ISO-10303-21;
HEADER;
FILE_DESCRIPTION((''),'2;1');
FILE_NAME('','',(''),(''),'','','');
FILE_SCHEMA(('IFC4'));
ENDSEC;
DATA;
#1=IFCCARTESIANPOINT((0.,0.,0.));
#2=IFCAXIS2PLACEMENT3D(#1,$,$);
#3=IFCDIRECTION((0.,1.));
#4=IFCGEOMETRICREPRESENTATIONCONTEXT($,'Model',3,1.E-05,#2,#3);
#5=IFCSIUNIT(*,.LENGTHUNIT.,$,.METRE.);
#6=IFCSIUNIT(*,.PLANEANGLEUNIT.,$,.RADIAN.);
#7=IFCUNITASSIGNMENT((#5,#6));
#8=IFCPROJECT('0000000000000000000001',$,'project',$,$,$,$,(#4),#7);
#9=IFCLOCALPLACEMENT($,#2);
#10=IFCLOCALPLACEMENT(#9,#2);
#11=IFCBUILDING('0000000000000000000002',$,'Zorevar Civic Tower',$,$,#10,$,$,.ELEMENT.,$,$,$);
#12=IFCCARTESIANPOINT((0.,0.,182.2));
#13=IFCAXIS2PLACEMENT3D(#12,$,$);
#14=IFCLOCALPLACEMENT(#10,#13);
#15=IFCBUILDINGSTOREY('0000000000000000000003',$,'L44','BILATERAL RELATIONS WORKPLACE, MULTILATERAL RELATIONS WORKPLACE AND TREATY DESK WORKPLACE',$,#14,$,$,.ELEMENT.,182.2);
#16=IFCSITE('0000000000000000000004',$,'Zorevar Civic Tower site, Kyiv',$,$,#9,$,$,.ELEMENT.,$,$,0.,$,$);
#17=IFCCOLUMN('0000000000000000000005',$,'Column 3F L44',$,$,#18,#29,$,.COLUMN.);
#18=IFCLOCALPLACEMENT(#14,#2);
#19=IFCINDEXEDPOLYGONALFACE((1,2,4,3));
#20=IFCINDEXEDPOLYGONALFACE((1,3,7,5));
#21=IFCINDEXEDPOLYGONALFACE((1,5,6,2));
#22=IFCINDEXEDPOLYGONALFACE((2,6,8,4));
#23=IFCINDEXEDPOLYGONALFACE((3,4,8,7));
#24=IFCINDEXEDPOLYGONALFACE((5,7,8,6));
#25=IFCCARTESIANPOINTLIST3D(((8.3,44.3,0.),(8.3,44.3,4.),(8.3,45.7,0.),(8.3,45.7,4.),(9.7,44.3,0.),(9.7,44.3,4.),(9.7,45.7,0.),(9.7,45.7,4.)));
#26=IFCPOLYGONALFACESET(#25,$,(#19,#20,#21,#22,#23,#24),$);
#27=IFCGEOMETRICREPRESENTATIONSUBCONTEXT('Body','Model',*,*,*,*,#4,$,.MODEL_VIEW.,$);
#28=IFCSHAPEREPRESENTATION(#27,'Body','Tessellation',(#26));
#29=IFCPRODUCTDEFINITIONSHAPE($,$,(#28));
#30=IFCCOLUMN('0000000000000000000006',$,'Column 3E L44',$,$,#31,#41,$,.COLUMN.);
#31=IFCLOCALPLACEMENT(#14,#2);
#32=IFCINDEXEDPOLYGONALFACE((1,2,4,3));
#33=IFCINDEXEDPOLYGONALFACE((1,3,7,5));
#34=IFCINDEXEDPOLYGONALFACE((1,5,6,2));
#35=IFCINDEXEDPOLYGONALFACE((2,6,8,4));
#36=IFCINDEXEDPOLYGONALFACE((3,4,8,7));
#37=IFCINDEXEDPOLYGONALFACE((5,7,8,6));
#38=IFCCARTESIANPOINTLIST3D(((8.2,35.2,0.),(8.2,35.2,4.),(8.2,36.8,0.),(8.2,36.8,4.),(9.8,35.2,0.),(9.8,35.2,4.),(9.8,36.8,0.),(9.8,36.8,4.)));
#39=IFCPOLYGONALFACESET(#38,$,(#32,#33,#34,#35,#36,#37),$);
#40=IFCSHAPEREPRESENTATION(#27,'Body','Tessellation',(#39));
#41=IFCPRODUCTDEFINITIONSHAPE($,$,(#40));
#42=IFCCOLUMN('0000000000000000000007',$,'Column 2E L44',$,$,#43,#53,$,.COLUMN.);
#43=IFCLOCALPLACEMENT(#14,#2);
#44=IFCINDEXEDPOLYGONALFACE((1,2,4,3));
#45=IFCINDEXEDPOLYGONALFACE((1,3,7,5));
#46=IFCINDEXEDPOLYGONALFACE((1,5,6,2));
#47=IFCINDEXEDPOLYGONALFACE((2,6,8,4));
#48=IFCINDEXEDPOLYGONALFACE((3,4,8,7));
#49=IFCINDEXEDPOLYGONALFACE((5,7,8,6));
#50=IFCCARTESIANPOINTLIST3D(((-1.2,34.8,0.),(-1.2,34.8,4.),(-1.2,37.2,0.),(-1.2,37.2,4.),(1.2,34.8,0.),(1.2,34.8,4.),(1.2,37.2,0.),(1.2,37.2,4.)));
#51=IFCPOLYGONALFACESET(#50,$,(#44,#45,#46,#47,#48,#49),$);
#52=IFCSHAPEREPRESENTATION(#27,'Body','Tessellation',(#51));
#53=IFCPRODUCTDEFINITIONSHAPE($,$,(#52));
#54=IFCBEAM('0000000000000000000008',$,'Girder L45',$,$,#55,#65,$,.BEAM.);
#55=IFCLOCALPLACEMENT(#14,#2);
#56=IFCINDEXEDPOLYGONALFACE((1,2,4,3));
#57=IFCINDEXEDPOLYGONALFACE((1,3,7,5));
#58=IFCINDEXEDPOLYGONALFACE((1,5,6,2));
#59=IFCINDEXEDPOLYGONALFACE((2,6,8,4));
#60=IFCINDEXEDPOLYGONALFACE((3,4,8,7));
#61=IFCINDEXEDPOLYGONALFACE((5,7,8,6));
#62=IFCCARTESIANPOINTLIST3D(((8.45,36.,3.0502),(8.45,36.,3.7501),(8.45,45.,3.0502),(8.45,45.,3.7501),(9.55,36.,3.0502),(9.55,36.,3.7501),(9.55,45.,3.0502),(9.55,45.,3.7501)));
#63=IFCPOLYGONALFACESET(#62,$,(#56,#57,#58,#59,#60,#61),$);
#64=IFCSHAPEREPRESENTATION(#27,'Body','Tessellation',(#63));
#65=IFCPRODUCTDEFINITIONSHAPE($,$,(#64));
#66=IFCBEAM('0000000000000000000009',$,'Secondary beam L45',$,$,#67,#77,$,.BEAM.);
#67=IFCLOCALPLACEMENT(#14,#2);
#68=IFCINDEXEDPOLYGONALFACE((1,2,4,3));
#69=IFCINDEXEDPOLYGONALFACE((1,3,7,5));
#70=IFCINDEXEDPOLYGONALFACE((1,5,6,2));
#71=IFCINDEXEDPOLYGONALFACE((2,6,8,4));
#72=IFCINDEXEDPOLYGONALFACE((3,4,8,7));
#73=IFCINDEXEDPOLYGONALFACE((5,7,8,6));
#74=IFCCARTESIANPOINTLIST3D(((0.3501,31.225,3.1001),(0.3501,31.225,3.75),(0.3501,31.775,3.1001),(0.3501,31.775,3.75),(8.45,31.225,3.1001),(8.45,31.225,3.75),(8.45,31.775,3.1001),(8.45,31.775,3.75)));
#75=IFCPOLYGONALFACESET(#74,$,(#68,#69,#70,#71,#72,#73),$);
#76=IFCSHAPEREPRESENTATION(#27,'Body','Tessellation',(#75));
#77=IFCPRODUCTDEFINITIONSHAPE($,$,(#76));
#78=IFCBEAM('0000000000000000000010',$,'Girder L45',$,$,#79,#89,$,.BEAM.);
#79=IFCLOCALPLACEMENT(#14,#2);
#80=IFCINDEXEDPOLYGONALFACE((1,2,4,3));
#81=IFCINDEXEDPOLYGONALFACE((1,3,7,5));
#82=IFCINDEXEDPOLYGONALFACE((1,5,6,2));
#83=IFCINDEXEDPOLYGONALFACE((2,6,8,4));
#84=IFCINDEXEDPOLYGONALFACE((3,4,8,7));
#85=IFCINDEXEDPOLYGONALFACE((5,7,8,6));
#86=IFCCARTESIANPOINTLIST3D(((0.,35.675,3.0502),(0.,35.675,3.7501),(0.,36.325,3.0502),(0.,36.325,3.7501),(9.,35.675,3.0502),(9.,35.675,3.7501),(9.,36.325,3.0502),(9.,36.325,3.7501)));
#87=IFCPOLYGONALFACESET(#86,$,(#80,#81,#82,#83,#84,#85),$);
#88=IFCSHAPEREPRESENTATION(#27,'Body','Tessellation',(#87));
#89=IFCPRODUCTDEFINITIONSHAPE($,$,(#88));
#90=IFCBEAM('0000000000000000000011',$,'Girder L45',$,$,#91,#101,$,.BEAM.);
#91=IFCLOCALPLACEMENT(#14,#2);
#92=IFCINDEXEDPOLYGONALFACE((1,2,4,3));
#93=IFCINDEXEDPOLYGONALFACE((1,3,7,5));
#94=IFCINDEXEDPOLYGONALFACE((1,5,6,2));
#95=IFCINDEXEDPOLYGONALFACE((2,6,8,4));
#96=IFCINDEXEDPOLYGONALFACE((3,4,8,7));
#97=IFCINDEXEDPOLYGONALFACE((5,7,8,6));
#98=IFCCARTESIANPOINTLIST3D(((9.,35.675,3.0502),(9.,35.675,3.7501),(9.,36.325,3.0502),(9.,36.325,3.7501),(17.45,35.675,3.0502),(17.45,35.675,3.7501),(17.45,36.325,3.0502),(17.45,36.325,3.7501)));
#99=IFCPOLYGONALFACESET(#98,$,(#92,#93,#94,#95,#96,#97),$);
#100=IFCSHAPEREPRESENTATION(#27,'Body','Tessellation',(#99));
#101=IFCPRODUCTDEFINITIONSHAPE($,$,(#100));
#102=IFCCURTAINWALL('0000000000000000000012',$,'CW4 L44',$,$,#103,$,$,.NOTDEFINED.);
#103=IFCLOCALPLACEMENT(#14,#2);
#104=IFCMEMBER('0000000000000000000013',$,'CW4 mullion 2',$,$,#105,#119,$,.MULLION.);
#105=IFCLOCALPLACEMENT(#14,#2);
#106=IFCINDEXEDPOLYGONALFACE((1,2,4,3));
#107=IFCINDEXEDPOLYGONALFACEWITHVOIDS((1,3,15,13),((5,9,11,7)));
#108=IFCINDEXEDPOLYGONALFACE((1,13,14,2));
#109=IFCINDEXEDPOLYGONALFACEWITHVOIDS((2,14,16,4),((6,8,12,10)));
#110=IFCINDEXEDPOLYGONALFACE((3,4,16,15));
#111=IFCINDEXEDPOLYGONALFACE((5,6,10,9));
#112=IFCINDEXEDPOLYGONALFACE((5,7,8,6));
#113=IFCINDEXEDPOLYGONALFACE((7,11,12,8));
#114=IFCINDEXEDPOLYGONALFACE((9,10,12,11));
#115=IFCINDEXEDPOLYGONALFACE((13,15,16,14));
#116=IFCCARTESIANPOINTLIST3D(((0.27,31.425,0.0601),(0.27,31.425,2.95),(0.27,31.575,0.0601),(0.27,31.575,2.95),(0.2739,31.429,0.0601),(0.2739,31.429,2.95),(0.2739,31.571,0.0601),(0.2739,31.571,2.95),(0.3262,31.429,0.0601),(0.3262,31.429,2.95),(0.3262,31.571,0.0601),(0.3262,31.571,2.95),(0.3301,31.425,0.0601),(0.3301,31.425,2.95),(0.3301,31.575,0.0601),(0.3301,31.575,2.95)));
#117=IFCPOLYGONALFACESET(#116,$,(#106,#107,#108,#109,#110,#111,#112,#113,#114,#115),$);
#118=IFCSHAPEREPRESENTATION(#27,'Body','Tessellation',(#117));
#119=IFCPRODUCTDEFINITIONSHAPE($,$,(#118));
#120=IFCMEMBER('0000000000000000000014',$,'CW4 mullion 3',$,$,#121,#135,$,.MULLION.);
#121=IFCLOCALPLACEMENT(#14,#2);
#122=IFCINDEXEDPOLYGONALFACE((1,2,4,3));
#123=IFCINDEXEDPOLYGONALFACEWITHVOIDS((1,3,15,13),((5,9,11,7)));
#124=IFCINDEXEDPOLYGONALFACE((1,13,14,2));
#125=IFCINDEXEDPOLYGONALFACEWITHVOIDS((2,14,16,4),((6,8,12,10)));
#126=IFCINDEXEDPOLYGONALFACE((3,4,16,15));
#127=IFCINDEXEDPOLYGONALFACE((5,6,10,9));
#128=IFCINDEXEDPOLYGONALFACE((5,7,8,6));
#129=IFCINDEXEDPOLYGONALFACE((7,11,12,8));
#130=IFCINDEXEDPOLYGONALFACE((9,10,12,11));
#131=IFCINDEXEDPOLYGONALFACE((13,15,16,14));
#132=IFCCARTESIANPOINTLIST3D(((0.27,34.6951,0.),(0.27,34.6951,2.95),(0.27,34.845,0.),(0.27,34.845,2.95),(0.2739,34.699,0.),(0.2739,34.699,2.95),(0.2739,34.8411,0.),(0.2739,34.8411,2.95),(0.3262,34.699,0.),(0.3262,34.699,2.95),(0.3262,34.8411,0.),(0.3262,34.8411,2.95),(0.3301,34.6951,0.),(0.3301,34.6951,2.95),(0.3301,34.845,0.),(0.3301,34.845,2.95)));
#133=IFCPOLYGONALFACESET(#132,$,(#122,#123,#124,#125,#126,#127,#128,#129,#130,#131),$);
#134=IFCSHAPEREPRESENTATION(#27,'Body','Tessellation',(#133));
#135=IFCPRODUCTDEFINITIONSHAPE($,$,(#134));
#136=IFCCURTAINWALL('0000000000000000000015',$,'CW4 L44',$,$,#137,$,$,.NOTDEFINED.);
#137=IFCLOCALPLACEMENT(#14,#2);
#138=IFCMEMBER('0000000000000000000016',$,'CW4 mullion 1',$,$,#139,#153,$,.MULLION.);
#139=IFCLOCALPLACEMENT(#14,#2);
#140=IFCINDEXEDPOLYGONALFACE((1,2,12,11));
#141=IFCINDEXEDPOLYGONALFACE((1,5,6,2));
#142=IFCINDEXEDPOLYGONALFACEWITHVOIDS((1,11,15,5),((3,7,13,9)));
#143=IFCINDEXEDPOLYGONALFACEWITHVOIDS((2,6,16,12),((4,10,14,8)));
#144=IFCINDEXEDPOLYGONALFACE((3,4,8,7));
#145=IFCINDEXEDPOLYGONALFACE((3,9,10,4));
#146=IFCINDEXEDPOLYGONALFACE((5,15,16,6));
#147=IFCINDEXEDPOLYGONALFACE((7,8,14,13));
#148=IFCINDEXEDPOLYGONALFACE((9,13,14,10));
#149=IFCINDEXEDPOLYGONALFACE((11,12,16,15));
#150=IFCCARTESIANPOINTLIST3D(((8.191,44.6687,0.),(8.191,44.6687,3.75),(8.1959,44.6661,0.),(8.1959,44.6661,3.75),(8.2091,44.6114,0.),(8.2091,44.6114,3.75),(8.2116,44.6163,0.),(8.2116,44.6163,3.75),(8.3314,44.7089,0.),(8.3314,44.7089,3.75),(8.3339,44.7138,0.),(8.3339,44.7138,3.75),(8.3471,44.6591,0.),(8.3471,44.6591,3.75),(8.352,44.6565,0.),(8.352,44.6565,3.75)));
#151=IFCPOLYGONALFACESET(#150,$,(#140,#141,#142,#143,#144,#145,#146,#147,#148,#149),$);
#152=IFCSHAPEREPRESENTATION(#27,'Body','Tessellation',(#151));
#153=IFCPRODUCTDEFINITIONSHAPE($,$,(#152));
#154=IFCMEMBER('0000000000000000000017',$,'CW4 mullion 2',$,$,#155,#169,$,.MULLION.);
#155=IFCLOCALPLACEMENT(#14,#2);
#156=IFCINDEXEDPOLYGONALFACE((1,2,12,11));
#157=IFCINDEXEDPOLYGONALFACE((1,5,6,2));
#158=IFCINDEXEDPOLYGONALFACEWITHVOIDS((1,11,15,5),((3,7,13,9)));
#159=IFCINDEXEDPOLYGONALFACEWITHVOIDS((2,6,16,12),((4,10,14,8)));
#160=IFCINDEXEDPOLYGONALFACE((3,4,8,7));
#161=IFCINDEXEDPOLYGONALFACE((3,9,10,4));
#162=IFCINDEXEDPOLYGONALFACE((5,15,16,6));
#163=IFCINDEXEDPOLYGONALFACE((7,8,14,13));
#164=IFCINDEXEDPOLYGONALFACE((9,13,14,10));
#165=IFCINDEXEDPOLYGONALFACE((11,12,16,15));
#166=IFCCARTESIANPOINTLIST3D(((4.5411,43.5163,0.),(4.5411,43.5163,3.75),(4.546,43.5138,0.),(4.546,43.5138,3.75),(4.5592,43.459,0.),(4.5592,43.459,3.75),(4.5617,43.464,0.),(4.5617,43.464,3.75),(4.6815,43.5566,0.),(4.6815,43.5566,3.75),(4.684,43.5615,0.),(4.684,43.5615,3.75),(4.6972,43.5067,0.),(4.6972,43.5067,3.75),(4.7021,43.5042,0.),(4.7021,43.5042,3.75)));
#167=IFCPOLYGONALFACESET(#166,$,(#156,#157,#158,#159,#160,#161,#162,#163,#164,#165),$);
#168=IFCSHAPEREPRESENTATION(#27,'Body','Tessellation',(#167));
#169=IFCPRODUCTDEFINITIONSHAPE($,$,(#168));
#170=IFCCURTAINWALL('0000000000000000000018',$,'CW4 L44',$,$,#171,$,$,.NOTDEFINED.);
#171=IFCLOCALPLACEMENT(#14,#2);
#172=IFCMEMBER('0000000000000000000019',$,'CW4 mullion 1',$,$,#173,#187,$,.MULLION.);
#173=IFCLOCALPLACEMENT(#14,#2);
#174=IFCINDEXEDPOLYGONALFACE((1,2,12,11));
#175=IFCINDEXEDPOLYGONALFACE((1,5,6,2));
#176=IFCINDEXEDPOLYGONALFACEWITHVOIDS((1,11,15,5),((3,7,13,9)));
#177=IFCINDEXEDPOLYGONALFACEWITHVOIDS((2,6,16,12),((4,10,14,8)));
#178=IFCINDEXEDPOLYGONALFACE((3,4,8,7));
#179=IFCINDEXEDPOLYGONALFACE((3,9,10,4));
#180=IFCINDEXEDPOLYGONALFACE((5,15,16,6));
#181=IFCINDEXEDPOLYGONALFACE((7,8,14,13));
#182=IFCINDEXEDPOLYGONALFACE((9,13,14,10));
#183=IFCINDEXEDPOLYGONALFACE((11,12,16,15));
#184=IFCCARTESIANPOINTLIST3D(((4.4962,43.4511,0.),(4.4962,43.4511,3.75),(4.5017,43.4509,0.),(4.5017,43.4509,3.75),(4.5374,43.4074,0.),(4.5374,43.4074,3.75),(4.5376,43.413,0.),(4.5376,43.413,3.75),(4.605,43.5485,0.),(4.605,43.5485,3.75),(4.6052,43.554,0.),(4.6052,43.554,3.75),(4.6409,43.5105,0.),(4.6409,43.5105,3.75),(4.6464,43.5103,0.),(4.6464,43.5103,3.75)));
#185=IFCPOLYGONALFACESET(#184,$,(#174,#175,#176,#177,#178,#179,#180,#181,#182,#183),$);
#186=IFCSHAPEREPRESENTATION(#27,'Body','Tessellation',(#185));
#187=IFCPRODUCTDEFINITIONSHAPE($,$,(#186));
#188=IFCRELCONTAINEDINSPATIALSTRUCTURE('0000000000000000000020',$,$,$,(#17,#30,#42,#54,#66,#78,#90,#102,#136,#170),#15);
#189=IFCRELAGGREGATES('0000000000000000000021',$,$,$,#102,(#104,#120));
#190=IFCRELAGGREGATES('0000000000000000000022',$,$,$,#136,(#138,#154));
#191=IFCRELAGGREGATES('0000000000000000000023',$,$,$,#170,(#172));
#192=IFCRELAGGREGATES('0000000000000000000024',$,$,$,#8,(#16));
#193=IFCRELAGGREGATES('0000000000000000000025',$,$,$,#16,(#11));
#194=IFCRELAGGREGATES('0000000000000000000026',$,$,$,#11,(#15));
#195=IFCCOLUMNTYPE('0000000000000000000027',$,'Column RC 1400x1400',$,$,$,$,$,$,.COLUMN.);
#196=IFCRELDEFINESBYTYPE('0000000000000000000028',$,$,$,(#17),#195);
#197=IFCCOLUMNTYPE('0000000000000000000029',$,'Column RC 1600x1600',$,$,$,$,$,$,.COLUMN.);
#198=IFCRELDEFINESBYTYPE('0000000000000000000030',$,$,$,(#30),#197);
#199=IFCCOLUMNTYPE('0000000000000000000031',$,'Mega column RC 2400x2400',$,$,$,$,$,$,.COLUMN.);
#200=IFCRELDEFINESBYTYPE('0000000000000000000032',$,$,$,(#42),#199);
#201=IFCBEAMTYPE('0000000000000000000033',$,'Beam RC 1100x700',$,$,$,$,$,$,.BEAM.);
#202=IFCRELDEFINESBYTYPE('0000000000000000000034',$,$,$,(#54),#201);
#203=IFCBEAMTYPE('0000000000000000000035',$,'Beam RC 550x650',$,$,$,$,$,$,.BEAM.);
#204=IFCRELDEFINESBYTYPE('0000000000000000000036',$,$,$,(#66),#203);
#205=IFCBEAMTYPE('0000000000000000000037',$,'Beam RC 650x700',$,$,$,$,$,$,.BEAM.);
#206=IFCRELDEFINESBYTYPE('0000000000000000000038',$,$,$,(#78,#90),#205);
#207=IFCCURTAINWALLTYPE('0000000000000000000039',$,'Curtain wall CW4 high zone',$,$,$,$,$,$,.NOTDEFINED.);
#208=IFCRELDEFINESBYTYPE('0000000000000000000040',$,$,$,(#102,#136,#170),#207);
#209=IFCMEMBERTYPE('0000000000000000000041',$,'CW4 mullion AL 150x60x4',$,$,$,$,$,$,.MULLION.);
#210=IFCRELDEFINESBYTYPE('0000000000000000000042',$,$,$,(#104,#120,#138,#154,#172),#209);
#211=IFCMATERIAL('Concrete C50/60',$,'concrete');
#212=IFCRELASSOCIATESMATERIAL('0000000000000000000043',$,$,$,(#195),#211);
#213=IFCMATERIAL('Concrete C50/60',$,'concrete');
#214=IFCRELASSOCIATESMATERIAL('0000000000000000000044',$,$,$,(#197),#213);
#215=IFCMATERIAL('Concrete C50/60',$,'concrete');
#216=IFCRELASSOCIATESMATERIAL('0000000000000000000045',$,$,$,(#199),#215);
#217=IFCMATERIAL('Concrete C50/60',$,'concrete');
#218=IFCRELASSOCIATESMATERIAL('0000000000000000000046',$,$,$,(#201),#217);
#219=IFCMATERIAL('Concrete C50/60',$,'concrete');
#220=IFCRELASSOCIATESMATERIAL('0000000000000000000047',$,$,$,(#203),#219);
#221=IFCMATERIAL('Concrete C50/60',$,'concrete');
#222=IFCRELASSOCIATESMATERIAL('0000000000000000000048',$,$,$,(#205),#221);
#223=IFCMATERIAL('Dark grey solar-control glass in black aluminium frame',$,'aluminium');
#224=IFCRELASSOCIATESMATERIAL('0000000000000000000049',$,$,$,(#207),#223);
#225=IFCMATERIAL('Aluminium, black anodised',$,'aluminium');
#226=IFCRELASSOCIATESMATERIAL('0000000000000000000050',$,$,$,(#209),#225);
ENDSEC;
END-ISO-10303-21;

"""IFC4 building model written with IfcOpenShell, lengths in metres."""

from ifc_helpers import new_model, si_unit, direction, frame, origin, origin_2d, place, context, subcontext, project, spatial, rectangle, hollow_rectangle, extrude, material, material_profile, profile_set, type_object, element, aggregate, save


model = new_model("IFC4")

# Units and contexts
model_context = context("Model", 3, precision=1e-05, world=origin(), true_north=direction((0.0, 1.0)))
body_context = subcontext(model_context, "Body", "Model", "MODEL_VIEW")
ifc_project = project(units=[si_unit("LENGTHUNIT", "METRE"), si_unit("PLANEANGLEUNIT", "RADIAN")], contexts=[model_context])

# Site, building, storey
site_placement = place(None, origin())
site = spatial("IfcSite", under=ifc_project, at=site_placement, Name="Zorevar Civic Tower site, Kyiv", CompositionType="ELEMENT", RefElevation=0.0)
building_placement = place(site_placement, origin())
building = spatial("IfcBuilding", under=site, at=building_placement, Name="Zorevar Civic Tower", CompositionType="ELEMENT")
storey_placement = place(building_placement, frame((0.0, 0.0, 182.2)))
storey = spatial("IfcBuildingStorey", under=building, at=storey_placement, Name="L44", Description="BILATERAL RELATIONS WORKPLACE, MULTILATERAL RELATIONS WORKPLACE AND TREATY DESK WORKPLACE", CompositionType="ELEMENT", Elevation=182.2)

# Columns
ifc_material_1 = material(Name="Concrete C50/60", Category="concrete")
ifc_material_profile_1 = material_profile(ifc_material_1, rectangle(XDim=1.3999, YDim=1.3999, at=origin_2d()), Name="RC 1400x1400")
ifc_profile_set_1 = profile_set([ifc_material_profile_1], Name="Concrete C50/60")
column_type_1 = type_object("IfcColumnType", Name="Column RC 1400x1400", PredefinedType="COLUMN", material=ifc_profile_set_1)
column_1_placement = place(storey_placement, frame((9.0, 45.0, 0.0), z_axis=(0.0, 0.0, 1.0), x_axis=(1.0, 0.0, 0.0)))
element("IfcColumn", 1, at=column_1_placement, inside=storey, type_object=column_type_1, Name="Column 3F L44", PredefinedType="COLUMN", context=body_context, shape_type="SweptSolid", body=[
    extrude(rectangle(XDim=1.3999, YDim=1.3999, at=origin_2d()), origin(), (0.0, 0.0, 1.0), 4.0),
])
ifc_material_2 = material(Name="Concrete C50/60", Category="concrete")
ifc_material_profile_2 = material_profile(ifc_material_2, rectangle(XDim=1.6001, YDim=1.6001, at=origin_2d()), Name="RC 1600x1600")
ifc_profile_set_2 = profile_set([ifc_material_profile_2], Name="Concrete C50/60")
column_type_2 = type_object("IfcColumnType", Name="Column RC 1600x1600", PredefinedType="COLUMN", material=ifc_profile_set_2)
column_2_placement = place(storey_placement, frame((9.0, 36.0, 0.0), z_axis=(0.0, 0.0, 1.0), x_axis=(1.0, 0.0, 0.0)))
element("IfcColumn", 2, at=column_2_placement, inside=storey, type_object=column_type_2, Name="Column 3E L44", PredefinedType="COLUMN", context=body_context, shape_type="SweptSolid", body=[
    extrude(rectangle(XDim=1.6001, YDim=1.6001, at=origin_2d()), origin(), (0.0, 0.0, 1.0), 4.0),
])
ifc_material_3 = material(Name="Concrete C50/60", Category="concrete")
ifc_material_profile_3 = material_profile(ifc_material_3, rectangle(XDim=2.3999, YDim=2.3999, at=origin_2d()), Name="RC 2400x2400")
ifc_profile_set_3 = profile_set([ifc_material_profile_3], Name="Concrete C50/60")
column_type_3 = type_object("IfcColumnType", Name="Mega column RC 2400x2400", PredefinedType="COLUMN", material=ifc_profile_set_3)
column_3_placement = place(storey_placement, frame((0.0, 36.0, 0.0), z_axis=(0.0, 0.0, 1.0), x_axis=(1.0, 0.0, 0.0)))
element("IfcColumn", 3, at=column_3_placement, inside=storey, type_object=column_type_3, Name="Column 2E L44", PredefinedType="COLUMN", context=body_context, shape_type="SweptSolid", body=[
    extrude(rectangle(XDim=2.3999, YDim=2.3999, at=origin_2d()), origin(), (0.0, 0.0, 1.0), 4.0),
])

# Beams
ifc_material_4 = material(Name="Concrete C50/60", Category="concrete")
ifc_material_profile_4 = material_profile(ifc_material_4, rectangle(XDim=1.1001, YDim=0.7, at=origin_2d()), Name="RC 1100x700")
ifc_profile_set_4 = profile_set([ifc_material_profile_4], Name="Concrete C50/60")
beam_type_1 = type_object("IfcBeamType", Name="Beam RC 1100x700", PredefinedType="BEAM", material=ifc_profile_set_4)
beam_1_placement = place(storey_placement, frame((9.0, 36.0, 3.4001), z_axis=(0.0, 1.0, 0.0), x_axis=(-1.0, 0.0, 0.0)))
element("IfcBeam", 4, at=beam_1_placement, inside=storey, type_object=beam_type_1, Name="Girder L45", PredefinedType="BEAM", context=body_context, shape_type="SweptSolid", body=[
    extrude(rectangle(XDim=1.1001, YDim=0.7, at=origin_2d()), origin(), (0.0, 0.0, 1.0), 9.0),
])
ifc_material_5 = material(Name="Concrete C50/60", Category="concrete")
ifc_material_profile_5 = material_profile(ifc_material_5, rectangle(XDim=0.55, YDim=0.6499, at=origin_2d()), Name="RC 550x650")
ifc_profile_set_5 = profile_set([ifc_material_profile_5], Name="Concrete C50/60")
beam_type_2 = type_object("IfcBeamType", Name="Beam RC 550x650", PredefinedType="BEAM", material=ifc_profile_set_5)
beam_2_placement = place(storey_placement, frame((0.3501, 31.5, 3.425), z_axis=(1.0, 0.0, 0.0), x_axis=(0.0, 1.0, 0.0)))
element("IfcBeam", 5, at=beam_2_placement, inside=storey, type_object=beam_type_2, Name="Secondary beam L45", PredefinedType="BEAM", context=body_context, shape_type="SweptSolid", body=[
    extrude(rectangle(XDim=0.55, YDim=0.6499, at=origin_2d()), origin(), (0.0, 0.0, 1.0), 8.0999),
])
ifc_material_6 = material(Name="Concrete C50/60", Category="concrete")
ifc_material_profile_6 = material_profile(ifc_material_6, rectangle(XDim=0.6499, YDim=0.7, at=origin_2d()), Name="RC 650x700")
ifc_profile_set_6 = profile_set([ifc_material_profile_6], Name="Concrete C50/60")
beam_type_3 = type_object("IfcBeamType", Name="Beam RC 650x700", PredefinedType="BEAM", material=ifc_profile_set_6)
beam_3_placement = place(storey_placement, frame((0.0, 36.0, 3.4001), z_axis=(1.0, 0.0, 0.0), x_axis=(0.0, 1.0, 0.0)))
element("IfcBeam", 6, at=beam_3_placement, inside=storey, type_object=beam_type_3, Name="Girder L45", PredefinedType="BEAM", context=body_context, shape_type="SweptSolid", body=[
    extrude(rectangle(XDim=0.6499, YDim=0.7, at=origin_2d()), origin(), (0.0, 0.0, 1.0), 9.0),
])
beam_4_placement = place(storey_placement, frame((9.0, 36.0, 3.4001), z_axis=(1.0, 0.0, 0.0), x_axis=(0.0, 1.0, 0.0)))
element("IfcBeam", 7, at=beam_4_placement, inside=storey, type_object=beam_type_3, Name="Girder L45", PredefinedType="BEAM", context=body_context, shape_type="SweptSolid", body=[
    extrude(rectangle(XDim=0.6499, YDim=0.7, at=origin_2d()), origin(), (0.0, 0.0, 1.0), 8.45),
])

# Curtain walls, members
ifc_material_7 = material(Name="Dark grey solar-control glass in black aluminium frame", Category="aluminium")
curtain_wall_type = type_object("IfcCurtainWallType", Name="Curtain wall CW4 high zone", PredefinedType="NOTDEFINED", material=ifc_material_7)
curtain_wall_1_placement = place(storey_placement, origin())
curtain_wall_1 = element("IfcCurtainWall", 8, at=curtain_wall_1_placement, inside=storey, type_object=curtain_wall_type, Name="CW4 L44", PredefinedType="NOTDEFINED")
ifc_material_8 = material(Name="Aluminium, black anodised", Category="aluminium")
ifc_material_profile_7 = material_profile(ifc_material_8, hollow_rectangle(XDim=0.0601, YDim=0.1499, WallThickness=0.0039, at=origin_2d()), Name="AL 150x60x4")
ifc_profile_set_7 = profile_set([ifc_material_profile_7], Name="Aluminium, black anodised")
member_type_1 = type_object("IfcMemberType", Name="CW4 mullion AL 150x60x4", PredefinedType="MULLION", material=ifc_profile_set_7)
member_1_placement = place(storey_placement, frame((0.3, 31.5, 0.0601), z_axis=(0.0, 0.0, 1.0), x_axis=(-1.0, 0.0, 0.0)))
member_1 = element("IfcMember", 9, at=member_1_placement, type_object=member_type_1, Name="CW4 mullion 2", PredefinedType="MULLION", context=body_context, shape_type="SweptSolid", body=[
    extrude(hollow_rectangle(XDim=0.0601, YDim=0.1499, WallThickness=0.0039, at=origin_2d()), origin(), (0.0, 0.0, 1.0), 2.8899),
])
member_2_placement = place(storey_placement, frame((0.3, 34.77, 0.0), z_axis=(0.0, 0.0, 1.0), x_axis=(-1.0, 0.0, 0.0)))
member_2 = element("IfcMember", 10, at=member_2_placement, type_object=member_type_1, Name="CW4 mullion 3", PredefinedType="MULLION", context=body_context, shape_type="SweptSolid", body=[
    extrude(hollow_rectangle(XDim=0.0601, YDim=0.1499, WallThickness=0.0039, at=origin_2d()), origin(), (0.0, 0.0, 1.0), 2.95),
])
curtain_wall_2_placement = place(storey_placement, origin())
curtain_wall_2 = element("IfcCurtainWall", 11, at=curtain_wall_2_placement, inside=storey, type_object=curtain_wall_type, Name="CW4 L44", PredefinedType="NOTDEFINED")
member_3_placement = place(storey_placement, frame((8.2715, 44.6626, 0.0), z_axis=(0.0, 0.0, 1.0), x_axis=(0.301108, -0.95359, 0.0)))
member_3 = element("IfcMember", 12, at=member_3_placement, type_object=member_type_1, Name="CW4 mullion 1", PredefinedType="MULLION", context=body_context, shape_type="SweptSolid", body=[
    extrude(hollow_rectangle(XDim=0.0601, YDim=0.1499, WallThickness=0.0039, at=origin_2d()), origin(), (0.0, 0.0, 1.0), 3.75),
])
member_4_placement = place(storey_placement, frame((4.6216, 43.5103, 0.0), z_axis=(0.0, 0.0, 1.0), x_axis=(0.301108, -0.95359, 0.0)))
member_4 = element("IfcMember", 13, at=member_4_placement, type_object=member_type_1, Name="CW4 mullion 2", PredefinedType="MULLION", context=body_context, shape_type="SweptSolid", body=[
    extrude(hollow_rectangle(XDim=0.0601, YDim=0.1499, WallThickness=0.0039, at=origin_2d()), origin(), (0.0, 0.0, 1.0), 3.75),
])
curtain_wall_3_placement = place(storey_placement, origin())
curtain_wall_3 = element("IfcCurtainWall", 14, at=curtain_wall_3_placement, inside=storey, type_object=curtain_wall_type, Name="CW4 L44", PredefinedType="NOTDEFINED")
member_5_placement = place(storey_placement, frame((4.5713, 43.4807, 0.0), z_axis=(0.0, 0.0, 1.0), x_axis=(0.686378, -0.727245, 0.0)))
member_5 = element("IfcMember", 15, at=member_5_placement, type_object=member_type_1, Name="CW4 mullion 1", PredefinedType="MULLION", context=body_context, shape_type="SweptSolid", body=[
    extrude(hollow_rectangle(XDim=0.0601, YDim=0.1499, WallThickness=0.0039, at=origin_2d()), origin(), (0.0, 0.0, 1.0), 3.75),
])

aggregate(curtain_wall_1, [member_1, member_2])
aggregate(curtain_wall_2, [member_3, member_4])
aggregate(curtain_wall_3, [member_5])

save(model, "model.ifc")
